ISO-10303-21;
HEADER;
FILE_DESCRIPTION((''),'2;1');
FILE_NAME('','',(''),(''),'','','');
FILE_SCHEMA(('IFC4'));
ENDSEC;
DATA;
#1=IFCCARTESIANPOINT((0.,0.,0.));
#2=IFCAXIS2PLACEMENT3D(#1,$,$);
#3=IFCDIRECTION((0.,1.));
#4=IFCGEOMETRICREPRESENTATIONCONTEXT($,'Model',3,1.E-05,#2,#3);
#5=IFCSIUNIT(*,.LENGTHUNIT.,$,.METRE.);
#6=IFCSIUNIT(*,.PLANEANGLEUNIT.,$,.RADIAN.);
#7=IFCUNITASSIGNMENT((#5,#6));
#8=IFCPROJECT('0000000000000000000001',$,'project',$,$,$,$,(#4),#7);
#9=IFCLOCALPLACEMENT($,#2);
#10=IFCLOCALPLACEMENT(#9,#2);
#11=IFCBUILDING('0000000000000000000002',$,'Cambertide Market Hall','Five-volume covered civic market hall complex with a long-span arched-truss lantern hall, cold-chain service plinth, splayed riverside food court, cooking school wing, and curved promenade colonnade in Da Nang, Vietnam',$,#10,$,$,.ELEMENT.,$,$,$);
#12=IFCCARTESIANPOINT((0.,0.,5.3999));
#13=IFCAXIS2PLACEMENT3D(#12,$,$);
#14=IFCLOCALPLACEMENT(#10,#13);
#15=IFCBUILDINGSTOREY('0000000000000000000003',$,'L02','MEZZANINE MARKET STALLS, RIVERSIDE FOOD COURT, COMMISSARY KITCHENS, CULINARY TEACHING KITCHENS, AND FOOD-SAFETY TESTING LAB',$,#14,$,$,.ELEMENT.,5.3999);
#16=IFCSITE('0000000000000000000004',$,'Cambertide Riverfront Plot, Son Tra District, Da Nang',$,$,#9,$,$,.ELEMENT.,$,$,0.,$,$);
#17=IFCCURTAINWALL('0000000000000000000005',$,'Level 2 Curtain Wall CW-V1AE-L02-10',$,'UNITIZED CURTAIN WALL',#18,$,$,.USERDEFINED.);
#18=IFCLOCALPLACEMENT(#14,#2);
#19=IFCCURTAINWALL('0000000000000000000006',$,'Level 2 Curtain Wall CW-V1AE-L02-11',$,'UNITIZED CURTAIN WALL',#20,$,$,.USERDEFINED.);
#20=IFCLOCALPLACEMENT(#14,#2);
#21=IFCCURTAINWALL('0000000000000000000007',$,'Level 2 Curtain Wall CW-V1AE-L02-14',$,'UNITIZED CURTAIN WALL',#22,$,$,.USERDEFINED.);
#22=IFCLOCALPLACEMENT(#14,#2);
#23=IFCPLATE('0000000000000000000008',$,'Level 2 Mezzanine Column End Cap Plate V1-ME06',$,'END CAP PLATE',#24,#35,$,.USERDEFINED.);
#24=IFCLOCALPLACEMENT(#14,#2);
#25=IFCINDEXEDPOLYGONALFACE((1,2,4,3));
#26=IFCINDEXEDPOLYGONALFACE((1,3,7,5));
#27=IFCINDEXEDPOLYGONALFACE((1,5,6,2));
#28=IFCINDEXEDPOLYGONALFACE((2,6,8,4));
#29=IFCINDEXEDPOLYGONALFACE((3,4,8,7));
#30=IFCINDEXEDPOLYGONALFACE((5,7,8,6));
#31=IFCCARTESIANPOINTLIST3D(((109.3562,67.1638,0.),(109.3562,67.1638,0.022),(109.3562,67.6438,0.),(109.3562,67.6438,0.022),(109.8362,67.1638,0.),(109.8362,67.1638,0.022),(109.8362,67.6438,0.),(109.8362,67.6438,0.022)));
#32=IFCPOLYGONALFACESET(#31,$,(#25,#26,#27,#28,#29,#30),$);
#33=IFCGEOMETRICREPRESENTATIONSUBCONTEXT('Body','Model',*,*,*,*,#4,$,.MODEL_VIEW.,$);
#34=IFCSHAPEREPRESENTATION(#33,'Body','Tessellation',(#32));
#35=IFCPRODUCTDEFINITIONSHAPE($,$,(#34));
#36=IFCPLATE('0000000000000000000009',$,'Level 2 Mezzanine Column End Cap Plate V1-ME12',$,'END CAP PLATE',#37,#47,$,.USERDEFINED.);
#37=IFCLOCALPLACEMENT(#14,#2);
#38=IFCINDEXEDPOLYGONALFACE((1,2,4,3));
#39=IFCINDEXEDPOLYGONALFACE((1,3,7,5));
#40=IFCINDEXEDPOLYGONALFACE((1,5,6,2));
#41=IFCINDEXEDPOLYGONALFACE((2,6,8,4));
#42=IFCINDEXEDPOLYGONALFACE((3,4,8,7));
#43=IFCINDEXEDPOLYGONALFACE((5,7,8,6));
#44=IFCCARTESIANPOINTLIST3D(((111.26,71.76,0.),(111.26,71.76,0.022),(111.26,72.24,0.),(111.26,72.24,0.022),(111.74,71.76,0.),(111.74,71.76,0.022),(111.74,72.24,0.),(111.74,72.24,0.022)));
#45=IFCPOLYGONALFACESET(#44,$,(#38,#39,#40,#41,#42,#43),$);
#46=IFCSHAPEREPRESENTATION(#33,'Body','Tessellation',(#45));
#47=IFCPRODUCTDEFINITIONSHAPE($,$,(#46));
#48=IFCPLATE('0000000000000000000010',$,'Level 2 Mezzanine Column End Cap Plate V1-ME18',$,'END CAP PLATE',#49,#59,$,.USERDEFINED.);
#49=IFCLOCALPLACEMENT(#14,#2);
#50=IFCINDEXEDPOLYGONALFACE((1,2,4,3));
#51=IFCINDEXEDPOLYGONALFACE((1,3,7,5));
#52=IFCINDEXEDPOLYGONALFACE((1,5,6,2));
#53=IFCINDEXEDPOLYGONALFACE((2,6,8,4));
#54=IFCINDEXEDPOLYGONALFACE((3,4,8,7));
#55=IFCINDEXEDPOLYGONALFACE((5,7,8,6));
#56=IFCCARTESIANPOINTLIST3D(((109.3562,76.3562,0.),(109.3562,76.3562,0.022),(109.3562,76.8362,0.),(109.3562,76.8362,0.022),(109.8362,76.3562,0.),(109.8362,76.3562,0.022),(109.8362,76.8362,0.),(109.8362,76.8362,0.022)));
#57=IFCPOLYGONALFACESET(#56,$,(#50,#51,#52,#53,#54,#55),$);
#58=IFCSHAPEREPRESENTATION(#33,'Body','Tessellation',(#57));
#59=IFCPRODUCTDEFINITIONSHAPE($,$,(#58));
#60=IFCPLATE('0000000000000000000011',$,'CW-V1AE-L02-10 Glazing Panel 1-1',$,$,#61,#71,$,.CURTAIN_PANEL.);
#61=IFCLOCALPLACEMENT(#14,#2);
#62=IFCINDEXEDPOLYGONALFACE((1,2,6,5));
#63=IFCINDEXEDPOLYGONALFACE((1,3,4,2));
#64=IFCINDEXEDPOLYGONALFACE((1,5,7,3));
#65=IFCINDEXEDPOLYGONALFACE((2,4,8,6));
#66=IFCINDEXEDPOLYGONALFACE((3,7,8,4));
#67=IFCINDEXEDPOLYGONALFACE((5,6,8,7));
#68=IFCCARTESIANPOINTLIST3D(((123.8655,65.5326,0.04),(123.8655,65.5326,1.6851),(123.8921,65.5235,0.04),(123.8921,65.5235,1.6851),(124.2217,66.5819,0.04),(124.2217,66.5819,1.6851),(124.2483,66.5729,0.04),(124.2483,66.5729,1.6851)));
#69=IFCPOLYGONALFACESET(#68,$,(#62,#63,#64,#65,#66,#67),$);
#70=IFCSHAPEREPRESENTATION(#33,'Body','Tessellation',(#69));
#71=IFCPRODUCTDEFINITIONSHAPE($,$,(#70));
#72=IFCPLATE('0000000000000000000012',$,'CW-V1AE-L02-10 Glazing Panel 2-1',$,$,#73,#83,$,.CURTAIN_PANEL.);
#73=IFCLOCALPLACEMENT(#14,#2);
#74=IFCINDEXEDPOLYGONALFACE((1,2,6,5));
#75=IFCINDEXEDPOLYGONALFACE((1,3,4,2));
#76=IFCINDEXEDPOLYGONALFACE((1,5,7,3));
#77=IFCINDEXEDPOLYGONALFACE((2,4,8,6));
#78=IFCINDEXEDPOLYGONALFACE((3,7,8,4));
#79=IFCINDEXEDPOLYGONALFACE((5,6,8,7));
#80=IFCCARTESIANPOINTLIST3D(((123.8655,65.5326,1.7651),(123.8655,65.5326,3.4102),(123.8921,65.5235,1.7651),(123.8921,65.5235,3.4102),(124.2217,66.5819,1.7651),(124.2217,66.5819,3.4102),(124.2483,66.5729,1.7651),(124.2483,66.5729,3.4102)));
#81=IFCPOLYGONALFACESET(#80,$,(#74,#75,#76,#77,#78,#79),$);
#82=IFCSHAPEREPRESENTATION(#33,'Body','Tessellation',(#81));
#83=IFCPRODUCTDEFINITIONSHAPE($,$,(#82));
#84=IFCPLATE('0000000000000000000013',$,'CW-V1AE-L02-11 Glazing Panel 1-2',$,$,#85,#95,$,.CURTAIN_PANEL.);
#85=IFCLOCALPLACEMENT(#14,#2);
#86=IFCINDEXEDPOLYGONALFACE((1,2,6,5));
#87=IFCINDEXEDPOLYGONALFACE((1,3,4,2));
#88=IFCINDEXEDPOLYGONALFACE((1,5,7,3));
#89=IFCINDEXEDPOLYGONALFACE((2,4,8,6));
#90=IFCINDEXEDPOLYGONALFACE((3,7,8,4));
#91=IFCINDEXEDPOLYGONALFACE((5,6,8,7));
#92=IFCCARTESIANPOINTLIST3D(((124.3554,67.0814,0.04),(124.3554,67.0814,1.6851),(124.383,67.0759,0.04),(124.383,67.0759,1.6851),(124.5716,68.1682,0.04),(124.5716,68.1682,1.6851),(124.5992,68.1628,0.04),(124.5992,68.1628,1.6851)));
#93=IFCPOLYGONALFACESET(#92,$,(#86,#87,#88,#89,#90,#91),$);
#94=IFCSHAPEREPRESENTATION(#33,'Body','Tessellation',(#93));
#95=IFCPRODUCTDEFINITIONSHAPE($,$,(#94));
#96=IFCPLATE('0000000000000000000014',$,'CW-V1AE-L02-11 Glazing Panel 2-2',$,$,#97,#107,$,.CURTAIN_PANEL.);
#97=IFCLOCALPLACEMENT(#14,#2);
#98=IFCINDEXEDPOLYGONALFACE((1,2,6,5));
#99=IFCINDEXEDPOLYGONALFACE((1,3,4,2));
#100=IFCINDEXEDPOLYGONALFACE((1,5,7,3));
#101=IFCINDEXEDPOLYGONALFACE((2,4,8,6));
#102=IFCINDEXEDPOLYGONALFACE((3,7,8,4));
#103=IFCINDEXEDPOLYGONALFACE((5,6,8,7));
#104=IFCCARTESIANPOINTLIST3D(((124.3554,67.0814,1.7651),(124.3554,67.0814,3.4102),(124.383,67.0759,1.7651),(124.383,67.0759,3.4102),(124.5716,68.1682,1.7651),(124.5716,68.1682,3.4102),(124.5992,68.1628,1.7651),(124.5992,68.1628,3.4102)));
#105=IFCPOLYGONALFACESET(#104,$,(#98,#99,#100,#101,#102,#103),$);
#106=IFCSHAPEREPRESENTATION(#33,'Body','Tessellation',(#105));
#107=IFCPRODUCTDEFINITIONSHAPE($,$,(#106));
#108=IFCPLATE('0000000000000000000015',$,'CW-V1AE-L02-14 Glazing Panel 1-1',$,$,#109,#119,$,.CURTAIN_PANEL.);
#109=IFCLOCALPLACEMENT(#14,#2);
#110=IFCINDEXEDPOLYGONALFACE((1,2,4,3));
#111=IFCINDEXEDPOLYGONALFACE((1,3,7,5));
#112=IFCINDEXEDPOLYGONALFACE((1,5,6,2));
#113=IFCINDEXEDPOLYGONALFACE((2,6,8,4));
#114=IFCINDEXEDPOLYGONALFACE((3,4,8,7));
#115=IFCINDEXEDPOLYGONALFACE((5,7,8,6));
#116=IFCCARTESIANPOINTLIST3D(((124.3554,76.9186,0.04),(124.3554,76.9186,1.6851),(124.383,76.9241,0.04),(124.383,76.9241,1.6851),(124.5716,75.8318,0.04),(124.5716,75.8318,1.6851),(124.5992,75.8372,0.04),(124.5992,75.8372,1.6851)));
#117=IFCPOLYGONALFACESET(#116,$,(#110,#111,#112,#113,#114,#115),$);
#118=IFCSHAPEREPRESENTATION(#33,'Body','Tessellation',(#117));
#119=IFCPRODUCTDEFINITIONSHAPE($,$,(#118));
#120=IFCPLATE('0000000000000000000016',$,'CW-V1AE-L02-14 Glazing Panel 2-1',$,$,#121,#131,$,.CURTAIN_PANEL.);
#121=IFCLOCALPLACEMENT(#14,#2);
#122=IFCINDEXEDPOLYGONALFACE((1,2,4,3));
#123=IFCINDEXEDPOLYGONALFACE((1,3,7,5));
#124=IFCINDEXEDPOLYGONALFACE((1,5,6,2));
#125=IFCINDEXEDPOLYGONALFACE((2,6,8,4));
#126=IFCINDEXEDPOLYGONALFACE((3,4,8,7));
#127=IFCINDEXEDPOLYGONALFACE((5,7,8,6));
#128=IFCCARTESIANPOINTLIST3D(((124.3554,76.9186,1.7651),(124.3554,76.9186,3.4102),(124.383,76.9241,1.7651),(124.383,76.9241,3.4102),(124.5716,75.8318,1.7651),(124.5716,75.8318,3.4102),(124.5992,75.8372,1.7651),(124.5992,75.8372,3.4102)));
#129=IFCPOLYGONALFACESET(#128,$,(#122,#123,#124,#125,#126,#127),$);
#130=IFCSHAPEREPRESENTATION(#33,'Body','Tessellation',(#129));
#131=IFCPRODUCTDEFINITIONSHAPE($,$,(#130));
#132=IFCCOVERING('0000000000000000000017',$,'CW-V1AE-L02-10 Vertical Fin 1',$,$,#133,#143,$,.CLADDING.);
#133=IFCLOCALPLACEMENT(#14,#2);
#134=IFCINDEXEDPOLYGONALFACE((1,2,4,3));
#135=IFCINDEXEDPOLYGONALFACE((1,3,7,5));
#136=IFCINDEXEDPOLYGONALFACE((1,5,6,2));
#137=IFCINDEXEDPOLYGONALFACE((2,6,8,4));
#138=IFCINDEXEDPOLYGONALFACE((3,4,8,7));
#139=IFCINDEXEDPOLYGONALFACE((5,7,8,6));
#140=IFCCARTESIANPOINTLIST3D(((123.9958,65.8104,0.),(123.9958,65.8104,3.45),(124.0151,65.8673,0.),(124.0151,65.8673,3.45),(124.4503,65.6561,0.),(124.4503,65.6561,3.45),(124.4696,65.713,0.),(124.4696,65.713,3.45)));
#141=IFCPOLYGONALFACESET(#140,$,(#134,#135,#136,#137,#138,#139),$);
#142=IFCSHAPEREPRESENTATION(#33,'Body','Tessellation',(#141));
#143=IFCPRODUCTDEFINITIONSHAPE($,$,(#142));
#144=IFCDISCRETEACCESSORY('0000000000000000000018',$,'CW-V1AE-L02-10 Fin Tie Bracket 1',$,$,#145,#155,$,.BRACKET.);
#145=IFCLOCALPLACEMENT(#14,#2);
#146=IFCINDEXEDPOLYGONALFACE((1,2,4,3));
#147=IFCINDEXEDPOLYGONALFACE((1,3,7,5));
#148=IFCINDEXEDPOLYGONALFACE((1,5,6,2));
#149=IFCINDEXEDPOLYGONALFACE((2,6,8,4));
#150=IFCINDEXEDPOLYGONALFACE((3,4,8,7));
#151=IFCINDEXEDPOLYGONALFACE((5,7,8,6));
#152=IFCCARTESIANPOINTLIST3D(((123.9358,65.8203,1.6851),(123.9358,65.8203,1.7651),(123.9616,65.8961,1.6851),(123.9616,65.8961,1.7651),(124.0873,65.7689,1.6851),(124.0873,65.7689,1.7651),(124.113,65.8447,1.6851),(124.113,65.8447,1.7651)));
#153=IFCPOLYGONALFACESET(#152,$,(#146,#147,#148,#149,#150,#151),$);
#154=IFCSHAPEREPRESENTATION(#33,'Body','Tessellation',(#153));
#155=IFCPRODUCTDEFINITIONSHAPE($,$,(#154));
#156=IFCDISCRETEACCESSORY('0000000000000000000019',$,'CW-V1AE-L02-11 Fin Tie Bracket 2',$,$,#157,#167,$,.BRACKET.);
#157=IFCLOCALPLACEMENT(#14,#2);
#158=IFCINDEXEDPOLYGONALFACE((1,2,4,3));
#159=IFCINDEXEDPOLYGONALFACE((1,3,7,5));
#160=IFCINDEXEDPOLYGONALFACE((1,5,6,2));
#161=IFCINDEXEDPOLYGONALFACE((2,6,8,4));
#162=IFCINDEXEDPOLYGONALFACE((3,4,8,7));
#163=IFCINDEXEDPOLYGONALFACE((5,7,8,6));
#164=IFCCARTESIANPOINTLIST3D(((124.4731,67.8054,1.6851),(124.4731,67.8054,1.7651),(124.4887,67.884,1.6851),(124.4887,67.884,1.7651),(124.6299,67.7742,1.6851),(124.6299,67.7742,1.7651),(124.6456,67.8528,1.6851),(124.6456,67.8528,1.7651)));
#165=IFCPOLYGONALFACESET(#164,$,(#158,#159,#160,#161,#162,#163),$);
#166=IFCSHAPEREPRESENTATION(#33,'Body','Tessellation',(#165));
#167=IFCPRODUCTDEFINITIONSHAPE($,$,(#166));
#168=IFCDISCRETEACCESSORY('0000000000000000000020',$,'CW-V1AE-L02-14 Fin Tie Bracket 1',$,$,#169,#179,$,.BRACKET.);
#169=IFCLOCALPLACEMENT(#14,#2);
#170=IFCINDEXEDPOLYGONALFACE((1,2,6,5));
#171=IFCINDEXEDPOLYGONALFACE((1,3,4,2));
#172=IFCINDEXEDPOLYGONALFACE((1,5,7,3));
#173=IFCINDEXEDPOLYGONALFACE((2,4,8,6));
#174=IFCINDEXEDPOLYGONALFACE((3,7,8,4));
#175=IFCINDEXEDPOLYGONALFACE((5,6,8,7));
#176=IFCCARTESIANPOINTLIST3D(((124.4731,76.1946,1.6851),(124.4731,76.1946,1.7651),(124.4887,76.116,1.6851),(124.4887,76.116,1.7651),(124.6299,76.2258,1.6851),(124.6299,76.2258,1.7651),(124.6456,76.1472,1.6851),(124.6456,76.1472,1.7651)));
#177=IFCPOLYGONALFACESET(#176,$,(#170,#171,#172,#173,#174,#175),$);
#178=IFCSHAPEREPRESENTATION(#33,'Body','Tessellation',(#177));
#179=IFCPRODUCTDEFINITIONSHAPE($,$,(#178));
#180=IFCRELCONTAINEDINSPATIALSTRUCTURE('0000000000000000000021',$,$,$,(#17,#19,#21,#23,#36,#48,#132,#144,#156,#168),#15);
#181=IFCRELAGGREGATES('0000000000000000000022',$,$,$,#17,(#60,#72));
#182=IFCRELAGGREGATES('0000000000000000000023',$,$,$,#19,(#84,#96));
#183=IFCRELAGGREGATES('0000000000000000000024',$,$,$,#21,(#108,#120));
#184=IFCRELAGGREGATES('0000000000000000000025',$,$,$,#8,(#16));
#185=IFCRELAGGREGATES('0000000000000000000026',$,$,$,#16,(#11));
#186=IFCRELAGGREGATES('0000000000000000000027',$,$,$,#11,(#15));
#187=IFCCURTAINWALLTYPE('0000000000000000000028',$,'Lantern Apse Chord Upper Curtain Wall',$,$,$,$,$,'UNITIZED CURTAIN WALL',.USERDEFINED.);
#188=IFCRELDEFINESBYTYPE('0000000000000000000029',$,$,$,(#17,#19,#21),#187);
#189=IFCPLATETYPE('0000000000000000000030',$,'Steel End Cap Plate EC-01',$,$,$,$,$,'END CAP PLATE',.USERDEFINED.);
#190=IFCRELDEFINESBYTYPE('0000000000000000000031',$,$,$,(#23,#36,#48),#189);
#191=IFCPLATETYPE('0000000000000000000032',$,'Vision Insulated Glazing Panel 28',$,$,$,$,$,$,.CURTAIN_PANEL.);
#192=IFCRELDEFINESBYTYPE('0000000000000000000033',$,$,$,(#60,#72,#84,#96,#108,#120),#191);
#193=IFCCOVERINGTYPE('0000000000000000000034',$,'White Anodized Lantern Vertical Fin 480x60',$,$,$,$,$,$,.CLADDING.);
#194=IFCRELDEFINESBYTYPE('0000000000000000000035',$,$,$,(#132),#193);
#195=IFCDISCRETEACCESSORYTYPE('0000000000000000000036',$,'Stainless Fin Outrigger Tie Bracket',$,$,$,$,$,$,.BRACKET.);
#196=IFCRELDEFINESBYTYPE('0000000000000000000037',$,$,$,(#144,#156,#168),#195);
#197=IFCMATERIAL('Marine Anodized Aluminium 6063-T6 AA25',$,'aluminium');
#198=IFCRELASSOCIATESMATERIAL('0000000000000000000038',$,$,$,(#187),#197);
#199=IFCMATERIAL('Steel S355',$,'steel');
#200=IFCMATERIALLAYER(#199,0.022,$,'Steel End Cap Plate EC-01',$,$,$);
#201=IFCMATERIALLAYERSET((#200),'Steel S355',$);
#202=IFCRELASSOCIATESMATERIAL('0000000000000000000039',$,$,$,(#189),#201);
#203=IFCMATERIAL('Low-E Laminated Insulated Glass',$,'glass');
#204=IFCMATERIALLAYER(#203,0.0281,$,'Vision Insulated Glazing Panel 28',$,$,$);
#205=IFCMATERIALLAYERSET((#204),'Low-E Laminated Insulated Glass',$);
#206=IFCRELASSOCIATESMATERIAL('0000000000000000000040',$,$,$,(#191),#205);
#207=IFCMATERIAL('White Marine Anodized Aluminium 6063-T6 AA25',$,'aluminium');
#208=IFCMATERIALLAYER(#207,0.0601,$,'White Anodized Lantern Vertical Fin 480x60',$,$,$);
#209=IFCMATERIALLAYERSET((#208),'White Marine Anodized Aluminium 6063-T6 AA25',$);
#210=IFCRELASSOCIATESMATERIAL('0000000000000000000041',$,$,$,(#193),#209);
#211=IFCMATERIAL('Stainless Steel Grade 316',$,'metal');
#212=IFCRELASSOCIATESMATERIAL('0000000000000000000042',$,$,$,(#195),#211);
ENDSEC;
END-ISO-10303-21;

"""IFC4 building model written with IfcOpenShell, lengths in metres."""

from ifc_helpers import new_model, si_unit, direction, frame, origin, origin_2d, place, context, subcontext, project, spatial, rectangle, extrude, material, layer, layer_set, type_object, element, aggregate, save


model = new_model("IFC4")

# Units and contexts
model_context = context("Model", 3, precision=1e-05, world=origin(), true_north=direction((0.0, 1.0)))
body_context = subcontext(model_context, "Body", "Model", "MODEL_VIEW")
ifc_project = project(units=[si_unit("LENGTHUNIT", "METRE"), si_unit("PLANEANGLEUNIT", "RADIAN")], contexts=[model_context])

# Site, building, storey
site_placement = place(None, origin())
site = spatial("IfcSite", under=ifc_project, at=site_placement, Name="Cambertide Riverfront Plot, Son Tra District, Da Nang", CompositionType="ELEMENT", RefElevation=0.0)
building_placement = place(site_placement, origin())
building = spatial("IfcBuilding", under=site, at=building_placement, Name="Cambertide Market Hall", Description="Five-volume covered civic market hall complex with a long-span arched-truss lantern hall, cold-chain service plinth, splayed riverside food court, cooking school wing, and curved promenade colonnade in Da Nang, Vietnam", CompositionType="ELEMENT")
storey_placement = place(building_placement, frame((0.0, 0.0, 5.3999)))
storey = spatial("IfcBuildingStorey", under=building, at=storey_placement, Name="L02", Description="MEZZANINE MARKET STALLS, RIVERSIDE FOOD COURT, COMMISSARY KITCHENS, CULINARY TEACHING KITCHENS, AND FOOD-SAFETY TESTING LAB", CompositionType="ELEMENT", Elevation=5.3999)

# Curtain wall
ifc_material_1 = material(Name="Marine Anodized Aluminium 6063-T6 AA25", Category="aluminium")
curtain_wall_type = type_object("IfcCurtainWallType", Name="Lantern Apse Chord Upper Curtain Wall", ElementType="UNITIZED CURTAIN WALL", PredefinedType="USERDEFINED", material=ifc_material_1)
curtain_wall_1_placement = place(storey_placement, origin())
curtain_wall_1 = element("IfcCurtainWall", 1, at=curtain_wall_1_placement, inside=storey, type_object=curtain_wall_type, Name="Level 2 Curtain Wall CW-V1AE-L02-10", ObjectType="UNITIZED CURTAIN WALL", PredefinedType="USERDEFINED")

# Curtain wall
curtain_wall_2_placement = place(storey_placement, origin())
curtain_wall_2 = element("IfcCurtainWall", 2, at=curtain_wall_2_placement, inside=storey, type_object=curtain_wall_type, Name="Level 2 Curtain Wall CW-V1AE-L02-11", ObjectType="UNITIZED CURTAIN WALL", PredefinedType="USERDEFINED")

# Curtain wall
curtain_wall_3_placement = place(storey_placement, origin())
curtain_wall_3 = element("IfcCurtainWall", 3, at=curtain_wall_3_placement, inside=storey, type_object=curtain_wall_type, Name="Level 2 Curtain Wall CW-V1AE-L02-14", ObjectType="UNITIZED CURTAIN WALL", PredefinedType="USERDEFINED")

# Plates
ifc_material_2 = material(Name="Steel S355", Category="steel")
ifc_layer_1 = layer(ifc_material_2, 0.022, Name="Steel End Cap Plate EC-01")
ifc_layer_set_1 = layer_set([ifc_layer_1], Name="Steel S355")
plate_type_1 = type_object("IfcPlateType", Name="Steel End Cap Plate EC-01", ElementType="END CAP PLATE", PredefinedType="USERDEFINED", material=ifc_layer_set_1)
for number, where, z_axis, x_axis, name in (
    (4, (109.5962, 67.4038, 0.0), (0.0, 0.0, 1.0), (1.0, 0.0, 0.0), "Level 2 Mezzanine Column End Cap Plate V1-ME06"),
    (5, (111.5, 72.0, 0.0), (0.0, 0.0, 1.0), (1.0, 0.0, 0.0), "Level 2 Mezzanine Column End Cap Plate V1-ME12"),
    (6, (109.5962, 76.5962, 0.0), (0.0, 0.0, 1.0), (1.0, 0.0, 0.0), "Level 2 Mezzanine Column End Cap Plate V1-ME18"),
):
    element("IfcPlate", number, at=place(storey_placement, frame(where, z_axis=z_axis, x_axis=x_axis)), inside=storey, type_object=plate_type_1, Name=name, ObjectType="END CAP PLATE", PredefinedType="USERDEFINED", context=body_context, shape_type="SweptSolid", body=[
        extrude(rectangle(XDim=0.48, YDim=0.48, at=origin_2d()), origin(), (0.0, 0.0, 1.0), 0.022),
    ])

# Plates
ifc_material_3 = material(Name="Low-E Laminated Insulated Glass", Category="glass")
ifc_layer_2 = layer(ifc_material_3, 0.0281, Name="Vision Insulated Glazing Panel 28")
ifc_layer_set_2 = layer_set([ifc_layer_2], Name="Low-E Laminated Insulated Glass")
plate_type_2 = type_object("IfcPlateType", Name="Vision Insulated Glazing Panel 28", PredefinedType="CURTAIN_PANEL", material=ifc_layer_set_2)
plate_1_placement = place(storey_placement, frame((124.0569, 66.0527, 0.04), z_axis=(0.0, 0.0, 1.0), x_axis=(-0.321439, -0.94693, 0.0)))
plate_1 = element("IfcPlate", 7, at=plate_1_placement, type_object=plate_type_2, Name="CW-V1AE-L02-10 Glazing Panel 1-1", PredefinedType="CURTAIN_PANEL", context=body_context, shape_type="SweptSolid", body=[
    extrude(rectangle(XDim=1.1082, YDim=0.0281, at=origin_2d()), origin(), (0.0, 0.0, 1.0), 1.645),
])
plate_2_placement = place(storey_placement, frame((124.0569, 66.0527, 1.7651), z_axis=(0.0, 0.0, 1.0), x_axis=(-0.321439, -0.94693, 0.0)))
plate_2 = element("IfcPlate", 8, at=plate_2_placement, type_object=plate_type_2, Name="CW-V1AE-L02-10 Glazing Panel 2-1", PredefinedType="CURTAIN_PANEL", context=body_context, shape_type="SweptSolid", body=[
    extrude(rectangle(XDim=1.1082, YDim=0.0281, at=origin_2d()), origin(), (0.0, 0.0, 1.0), 1.645),
])
aggregate(curtain_wall_1, [plate_1, plate_2])
plate_3_placement = place(storey_placement, frame((124.4773, 67.6221, 0.04), z_axis=(0.0, 0.0, 1.0), x_axis=(-0.19509, -0.980785, 0.0)))
plate_3 = element("IfcPlate", 9, at=plate_3_placement, type_object=plate_type_2, Name="CW-V1AE-L02-11 Glazing Panel 1-2", PredefinedType="CURTAIN_PANEL", context=body_context, shape_type="SweptSolid", body=[
    extrude(rectangle(XDim=1.1082, YDim=0.0281, at=origin_2d()), origin(), (0.0, 0.0, 1.0), 1.645),
])
plate_4_placement = place(storey_placement, frame((124.4773, 67.6221, 1.7651), z_axis=(0.0, 0.0, 1.0), x_axis=(-0.19509, -0.980785, 0.0)))
plate_4 = element("IfcPlate", 10, at=plate_4_placement, type_object=plate_type_2, Name="CW-V1AE-L02-11 Glazing Panel 2-2", PredefinedType="CURTAIN_PANEL", context=body_context, shape_type="SweptSolid", body=[
    extrude(rectangle(XDim=1.1082, YDim=0.0281, at=origin_2d()), origin(), (0.0, 0.0, 1.0), 1.645),
])
aggregate(curtain_wall_2, [plate_3, plate_4])
plate_5_placement = place(storey_placement, frame((124.4773, 76.3779, 0.04), z_axis=(0.0, 0.0, 1.0), x_axis=(0.19509, -0.980785, 0.0)))
plate_5 = element("IfcPlate", 11, at=plate_5_placement, type_object=plate_type_2, Name="CW-V1AE-L02-14 Glazing Panel 1-1", PredefinedType="CURTAIN_PANEL", context=body_context, shape_type="SweptSolid", body=[
    extrude(rectangle(XDim=1.1082, YDim=0.0281, at=origin_2d()), origin(), (0.0, 0.0, 1.0), 1.645),
])
plate_6_placement = place(storey_placement, frame((124.4773, 76.3779, 1.7651), z_axis=(0.0, 0.0, 1.0), x_axis=(0.19509, -0.980785, 0.0)))
plate_6 = element("IfcPlate", 12, at=plate_6_placement, type_object=plate_type_2, Name="CW-V1AE-L02-14 Glazing Panel 2-1", PredefinedType="CURTAIN_PANEL", context=body_context, shape_type="SweptSolid", body=[
    extrude(rectangle(XDim=1.1082, YDim=0.0281, at=origin_2d()), origin(), (0.0, 0.0, 1.0), 1.645),
])
aggregate(curtain_wall_3, [plate_5, plate_6])

# Covering
ifc_material_4 = material(Name="White Marine Anodized Aluminium 6063-T6 AA25", Category="aluminium")
ifc_layer_3 = layer(ifc_material_4, 0.0601, Name="White Anodized Lantern Vertical Fin 480x60")
ifc_layer_set_3 = layer_set([ifc_layer_3], Name="White Marine Anodized Aluminium 6063-T6 AA25")
covering_type = type_object("IfcCoveringType", Name="White Anodized Lantern Vertical Fin 480x60", PredefinedType="CLADDING", material=ifc_layer_set_3)
covering_placement = place(storey_placement, frame((124.2327, 65.7617, 0.0), z_axis=(0.0, 0.0, 1.0), x_axis=(-0.321439, -0.94693, 0.0)))
element("IfcCovering", 13, at=covering_placement, inside=storey, type_object=covering_type, Name="CW-V1AE-L02-10 Vertical Fin 1", PredefinedType="CLADDING", context=body_context, shape_type="SweptSolid", body=[
    extrude(rectangle(XDim=0.0601, YDim=0.48, at=origin_2d()), origin(), (0.0, 0.0, 1.0), 3.45),
])

# Discrete accessories
ifc_material_5 = material(Name="Stainless Steel Grade 316", Category="metal")
discrete_accessory_type = type_object("IfcDiscreteAccessoryType", Name="Stainless Fin Outrigger Tie Bracket", PredefinedType="BRACKET", material=ifc_material_5)
for number, where, z_axis, x_axis, name in (
    (14, (124.0244, 65.8325, 1.6851), (0.0, 0.0, 1.0), (-0.321439, -0.94693, 0.0), "CW-V1AE-L02-10 Fin Tie Bracket 1"),
    (15, (124.5593, 67.8291, 1.6851), (0.0, 0.0, 1.0), (-0.19509, -0.980785, 0.0), "CW-V1AE-L02-11 Fin Tie Bracket 2"),
    (16, (124.5593, 76.1709, 1.6851), (0.0, 0.0, 1.0), (0.19509, -0.980785, 0.0), "CW-V1AE-L02-14 Fin Tie Bracket 1"),
):
    element("IfcDiscreteAccessory", number, at=place(storey_placement, frame(where, z_axis=z_axis, x_axis=x_axis)), inside=storey, type_object=discrete_accessory_type, Name=name, PredefinedType="BRACKET", context=body_context, shape_type="SweptSolid", body=[
        extrude(rectangle(XDim=0.0801, YDim=0.1599, at=origin_2d()), origin(), (0.0, 0.0, 1.0), 0.0801),
    ])

save(model, "model.ifc")
